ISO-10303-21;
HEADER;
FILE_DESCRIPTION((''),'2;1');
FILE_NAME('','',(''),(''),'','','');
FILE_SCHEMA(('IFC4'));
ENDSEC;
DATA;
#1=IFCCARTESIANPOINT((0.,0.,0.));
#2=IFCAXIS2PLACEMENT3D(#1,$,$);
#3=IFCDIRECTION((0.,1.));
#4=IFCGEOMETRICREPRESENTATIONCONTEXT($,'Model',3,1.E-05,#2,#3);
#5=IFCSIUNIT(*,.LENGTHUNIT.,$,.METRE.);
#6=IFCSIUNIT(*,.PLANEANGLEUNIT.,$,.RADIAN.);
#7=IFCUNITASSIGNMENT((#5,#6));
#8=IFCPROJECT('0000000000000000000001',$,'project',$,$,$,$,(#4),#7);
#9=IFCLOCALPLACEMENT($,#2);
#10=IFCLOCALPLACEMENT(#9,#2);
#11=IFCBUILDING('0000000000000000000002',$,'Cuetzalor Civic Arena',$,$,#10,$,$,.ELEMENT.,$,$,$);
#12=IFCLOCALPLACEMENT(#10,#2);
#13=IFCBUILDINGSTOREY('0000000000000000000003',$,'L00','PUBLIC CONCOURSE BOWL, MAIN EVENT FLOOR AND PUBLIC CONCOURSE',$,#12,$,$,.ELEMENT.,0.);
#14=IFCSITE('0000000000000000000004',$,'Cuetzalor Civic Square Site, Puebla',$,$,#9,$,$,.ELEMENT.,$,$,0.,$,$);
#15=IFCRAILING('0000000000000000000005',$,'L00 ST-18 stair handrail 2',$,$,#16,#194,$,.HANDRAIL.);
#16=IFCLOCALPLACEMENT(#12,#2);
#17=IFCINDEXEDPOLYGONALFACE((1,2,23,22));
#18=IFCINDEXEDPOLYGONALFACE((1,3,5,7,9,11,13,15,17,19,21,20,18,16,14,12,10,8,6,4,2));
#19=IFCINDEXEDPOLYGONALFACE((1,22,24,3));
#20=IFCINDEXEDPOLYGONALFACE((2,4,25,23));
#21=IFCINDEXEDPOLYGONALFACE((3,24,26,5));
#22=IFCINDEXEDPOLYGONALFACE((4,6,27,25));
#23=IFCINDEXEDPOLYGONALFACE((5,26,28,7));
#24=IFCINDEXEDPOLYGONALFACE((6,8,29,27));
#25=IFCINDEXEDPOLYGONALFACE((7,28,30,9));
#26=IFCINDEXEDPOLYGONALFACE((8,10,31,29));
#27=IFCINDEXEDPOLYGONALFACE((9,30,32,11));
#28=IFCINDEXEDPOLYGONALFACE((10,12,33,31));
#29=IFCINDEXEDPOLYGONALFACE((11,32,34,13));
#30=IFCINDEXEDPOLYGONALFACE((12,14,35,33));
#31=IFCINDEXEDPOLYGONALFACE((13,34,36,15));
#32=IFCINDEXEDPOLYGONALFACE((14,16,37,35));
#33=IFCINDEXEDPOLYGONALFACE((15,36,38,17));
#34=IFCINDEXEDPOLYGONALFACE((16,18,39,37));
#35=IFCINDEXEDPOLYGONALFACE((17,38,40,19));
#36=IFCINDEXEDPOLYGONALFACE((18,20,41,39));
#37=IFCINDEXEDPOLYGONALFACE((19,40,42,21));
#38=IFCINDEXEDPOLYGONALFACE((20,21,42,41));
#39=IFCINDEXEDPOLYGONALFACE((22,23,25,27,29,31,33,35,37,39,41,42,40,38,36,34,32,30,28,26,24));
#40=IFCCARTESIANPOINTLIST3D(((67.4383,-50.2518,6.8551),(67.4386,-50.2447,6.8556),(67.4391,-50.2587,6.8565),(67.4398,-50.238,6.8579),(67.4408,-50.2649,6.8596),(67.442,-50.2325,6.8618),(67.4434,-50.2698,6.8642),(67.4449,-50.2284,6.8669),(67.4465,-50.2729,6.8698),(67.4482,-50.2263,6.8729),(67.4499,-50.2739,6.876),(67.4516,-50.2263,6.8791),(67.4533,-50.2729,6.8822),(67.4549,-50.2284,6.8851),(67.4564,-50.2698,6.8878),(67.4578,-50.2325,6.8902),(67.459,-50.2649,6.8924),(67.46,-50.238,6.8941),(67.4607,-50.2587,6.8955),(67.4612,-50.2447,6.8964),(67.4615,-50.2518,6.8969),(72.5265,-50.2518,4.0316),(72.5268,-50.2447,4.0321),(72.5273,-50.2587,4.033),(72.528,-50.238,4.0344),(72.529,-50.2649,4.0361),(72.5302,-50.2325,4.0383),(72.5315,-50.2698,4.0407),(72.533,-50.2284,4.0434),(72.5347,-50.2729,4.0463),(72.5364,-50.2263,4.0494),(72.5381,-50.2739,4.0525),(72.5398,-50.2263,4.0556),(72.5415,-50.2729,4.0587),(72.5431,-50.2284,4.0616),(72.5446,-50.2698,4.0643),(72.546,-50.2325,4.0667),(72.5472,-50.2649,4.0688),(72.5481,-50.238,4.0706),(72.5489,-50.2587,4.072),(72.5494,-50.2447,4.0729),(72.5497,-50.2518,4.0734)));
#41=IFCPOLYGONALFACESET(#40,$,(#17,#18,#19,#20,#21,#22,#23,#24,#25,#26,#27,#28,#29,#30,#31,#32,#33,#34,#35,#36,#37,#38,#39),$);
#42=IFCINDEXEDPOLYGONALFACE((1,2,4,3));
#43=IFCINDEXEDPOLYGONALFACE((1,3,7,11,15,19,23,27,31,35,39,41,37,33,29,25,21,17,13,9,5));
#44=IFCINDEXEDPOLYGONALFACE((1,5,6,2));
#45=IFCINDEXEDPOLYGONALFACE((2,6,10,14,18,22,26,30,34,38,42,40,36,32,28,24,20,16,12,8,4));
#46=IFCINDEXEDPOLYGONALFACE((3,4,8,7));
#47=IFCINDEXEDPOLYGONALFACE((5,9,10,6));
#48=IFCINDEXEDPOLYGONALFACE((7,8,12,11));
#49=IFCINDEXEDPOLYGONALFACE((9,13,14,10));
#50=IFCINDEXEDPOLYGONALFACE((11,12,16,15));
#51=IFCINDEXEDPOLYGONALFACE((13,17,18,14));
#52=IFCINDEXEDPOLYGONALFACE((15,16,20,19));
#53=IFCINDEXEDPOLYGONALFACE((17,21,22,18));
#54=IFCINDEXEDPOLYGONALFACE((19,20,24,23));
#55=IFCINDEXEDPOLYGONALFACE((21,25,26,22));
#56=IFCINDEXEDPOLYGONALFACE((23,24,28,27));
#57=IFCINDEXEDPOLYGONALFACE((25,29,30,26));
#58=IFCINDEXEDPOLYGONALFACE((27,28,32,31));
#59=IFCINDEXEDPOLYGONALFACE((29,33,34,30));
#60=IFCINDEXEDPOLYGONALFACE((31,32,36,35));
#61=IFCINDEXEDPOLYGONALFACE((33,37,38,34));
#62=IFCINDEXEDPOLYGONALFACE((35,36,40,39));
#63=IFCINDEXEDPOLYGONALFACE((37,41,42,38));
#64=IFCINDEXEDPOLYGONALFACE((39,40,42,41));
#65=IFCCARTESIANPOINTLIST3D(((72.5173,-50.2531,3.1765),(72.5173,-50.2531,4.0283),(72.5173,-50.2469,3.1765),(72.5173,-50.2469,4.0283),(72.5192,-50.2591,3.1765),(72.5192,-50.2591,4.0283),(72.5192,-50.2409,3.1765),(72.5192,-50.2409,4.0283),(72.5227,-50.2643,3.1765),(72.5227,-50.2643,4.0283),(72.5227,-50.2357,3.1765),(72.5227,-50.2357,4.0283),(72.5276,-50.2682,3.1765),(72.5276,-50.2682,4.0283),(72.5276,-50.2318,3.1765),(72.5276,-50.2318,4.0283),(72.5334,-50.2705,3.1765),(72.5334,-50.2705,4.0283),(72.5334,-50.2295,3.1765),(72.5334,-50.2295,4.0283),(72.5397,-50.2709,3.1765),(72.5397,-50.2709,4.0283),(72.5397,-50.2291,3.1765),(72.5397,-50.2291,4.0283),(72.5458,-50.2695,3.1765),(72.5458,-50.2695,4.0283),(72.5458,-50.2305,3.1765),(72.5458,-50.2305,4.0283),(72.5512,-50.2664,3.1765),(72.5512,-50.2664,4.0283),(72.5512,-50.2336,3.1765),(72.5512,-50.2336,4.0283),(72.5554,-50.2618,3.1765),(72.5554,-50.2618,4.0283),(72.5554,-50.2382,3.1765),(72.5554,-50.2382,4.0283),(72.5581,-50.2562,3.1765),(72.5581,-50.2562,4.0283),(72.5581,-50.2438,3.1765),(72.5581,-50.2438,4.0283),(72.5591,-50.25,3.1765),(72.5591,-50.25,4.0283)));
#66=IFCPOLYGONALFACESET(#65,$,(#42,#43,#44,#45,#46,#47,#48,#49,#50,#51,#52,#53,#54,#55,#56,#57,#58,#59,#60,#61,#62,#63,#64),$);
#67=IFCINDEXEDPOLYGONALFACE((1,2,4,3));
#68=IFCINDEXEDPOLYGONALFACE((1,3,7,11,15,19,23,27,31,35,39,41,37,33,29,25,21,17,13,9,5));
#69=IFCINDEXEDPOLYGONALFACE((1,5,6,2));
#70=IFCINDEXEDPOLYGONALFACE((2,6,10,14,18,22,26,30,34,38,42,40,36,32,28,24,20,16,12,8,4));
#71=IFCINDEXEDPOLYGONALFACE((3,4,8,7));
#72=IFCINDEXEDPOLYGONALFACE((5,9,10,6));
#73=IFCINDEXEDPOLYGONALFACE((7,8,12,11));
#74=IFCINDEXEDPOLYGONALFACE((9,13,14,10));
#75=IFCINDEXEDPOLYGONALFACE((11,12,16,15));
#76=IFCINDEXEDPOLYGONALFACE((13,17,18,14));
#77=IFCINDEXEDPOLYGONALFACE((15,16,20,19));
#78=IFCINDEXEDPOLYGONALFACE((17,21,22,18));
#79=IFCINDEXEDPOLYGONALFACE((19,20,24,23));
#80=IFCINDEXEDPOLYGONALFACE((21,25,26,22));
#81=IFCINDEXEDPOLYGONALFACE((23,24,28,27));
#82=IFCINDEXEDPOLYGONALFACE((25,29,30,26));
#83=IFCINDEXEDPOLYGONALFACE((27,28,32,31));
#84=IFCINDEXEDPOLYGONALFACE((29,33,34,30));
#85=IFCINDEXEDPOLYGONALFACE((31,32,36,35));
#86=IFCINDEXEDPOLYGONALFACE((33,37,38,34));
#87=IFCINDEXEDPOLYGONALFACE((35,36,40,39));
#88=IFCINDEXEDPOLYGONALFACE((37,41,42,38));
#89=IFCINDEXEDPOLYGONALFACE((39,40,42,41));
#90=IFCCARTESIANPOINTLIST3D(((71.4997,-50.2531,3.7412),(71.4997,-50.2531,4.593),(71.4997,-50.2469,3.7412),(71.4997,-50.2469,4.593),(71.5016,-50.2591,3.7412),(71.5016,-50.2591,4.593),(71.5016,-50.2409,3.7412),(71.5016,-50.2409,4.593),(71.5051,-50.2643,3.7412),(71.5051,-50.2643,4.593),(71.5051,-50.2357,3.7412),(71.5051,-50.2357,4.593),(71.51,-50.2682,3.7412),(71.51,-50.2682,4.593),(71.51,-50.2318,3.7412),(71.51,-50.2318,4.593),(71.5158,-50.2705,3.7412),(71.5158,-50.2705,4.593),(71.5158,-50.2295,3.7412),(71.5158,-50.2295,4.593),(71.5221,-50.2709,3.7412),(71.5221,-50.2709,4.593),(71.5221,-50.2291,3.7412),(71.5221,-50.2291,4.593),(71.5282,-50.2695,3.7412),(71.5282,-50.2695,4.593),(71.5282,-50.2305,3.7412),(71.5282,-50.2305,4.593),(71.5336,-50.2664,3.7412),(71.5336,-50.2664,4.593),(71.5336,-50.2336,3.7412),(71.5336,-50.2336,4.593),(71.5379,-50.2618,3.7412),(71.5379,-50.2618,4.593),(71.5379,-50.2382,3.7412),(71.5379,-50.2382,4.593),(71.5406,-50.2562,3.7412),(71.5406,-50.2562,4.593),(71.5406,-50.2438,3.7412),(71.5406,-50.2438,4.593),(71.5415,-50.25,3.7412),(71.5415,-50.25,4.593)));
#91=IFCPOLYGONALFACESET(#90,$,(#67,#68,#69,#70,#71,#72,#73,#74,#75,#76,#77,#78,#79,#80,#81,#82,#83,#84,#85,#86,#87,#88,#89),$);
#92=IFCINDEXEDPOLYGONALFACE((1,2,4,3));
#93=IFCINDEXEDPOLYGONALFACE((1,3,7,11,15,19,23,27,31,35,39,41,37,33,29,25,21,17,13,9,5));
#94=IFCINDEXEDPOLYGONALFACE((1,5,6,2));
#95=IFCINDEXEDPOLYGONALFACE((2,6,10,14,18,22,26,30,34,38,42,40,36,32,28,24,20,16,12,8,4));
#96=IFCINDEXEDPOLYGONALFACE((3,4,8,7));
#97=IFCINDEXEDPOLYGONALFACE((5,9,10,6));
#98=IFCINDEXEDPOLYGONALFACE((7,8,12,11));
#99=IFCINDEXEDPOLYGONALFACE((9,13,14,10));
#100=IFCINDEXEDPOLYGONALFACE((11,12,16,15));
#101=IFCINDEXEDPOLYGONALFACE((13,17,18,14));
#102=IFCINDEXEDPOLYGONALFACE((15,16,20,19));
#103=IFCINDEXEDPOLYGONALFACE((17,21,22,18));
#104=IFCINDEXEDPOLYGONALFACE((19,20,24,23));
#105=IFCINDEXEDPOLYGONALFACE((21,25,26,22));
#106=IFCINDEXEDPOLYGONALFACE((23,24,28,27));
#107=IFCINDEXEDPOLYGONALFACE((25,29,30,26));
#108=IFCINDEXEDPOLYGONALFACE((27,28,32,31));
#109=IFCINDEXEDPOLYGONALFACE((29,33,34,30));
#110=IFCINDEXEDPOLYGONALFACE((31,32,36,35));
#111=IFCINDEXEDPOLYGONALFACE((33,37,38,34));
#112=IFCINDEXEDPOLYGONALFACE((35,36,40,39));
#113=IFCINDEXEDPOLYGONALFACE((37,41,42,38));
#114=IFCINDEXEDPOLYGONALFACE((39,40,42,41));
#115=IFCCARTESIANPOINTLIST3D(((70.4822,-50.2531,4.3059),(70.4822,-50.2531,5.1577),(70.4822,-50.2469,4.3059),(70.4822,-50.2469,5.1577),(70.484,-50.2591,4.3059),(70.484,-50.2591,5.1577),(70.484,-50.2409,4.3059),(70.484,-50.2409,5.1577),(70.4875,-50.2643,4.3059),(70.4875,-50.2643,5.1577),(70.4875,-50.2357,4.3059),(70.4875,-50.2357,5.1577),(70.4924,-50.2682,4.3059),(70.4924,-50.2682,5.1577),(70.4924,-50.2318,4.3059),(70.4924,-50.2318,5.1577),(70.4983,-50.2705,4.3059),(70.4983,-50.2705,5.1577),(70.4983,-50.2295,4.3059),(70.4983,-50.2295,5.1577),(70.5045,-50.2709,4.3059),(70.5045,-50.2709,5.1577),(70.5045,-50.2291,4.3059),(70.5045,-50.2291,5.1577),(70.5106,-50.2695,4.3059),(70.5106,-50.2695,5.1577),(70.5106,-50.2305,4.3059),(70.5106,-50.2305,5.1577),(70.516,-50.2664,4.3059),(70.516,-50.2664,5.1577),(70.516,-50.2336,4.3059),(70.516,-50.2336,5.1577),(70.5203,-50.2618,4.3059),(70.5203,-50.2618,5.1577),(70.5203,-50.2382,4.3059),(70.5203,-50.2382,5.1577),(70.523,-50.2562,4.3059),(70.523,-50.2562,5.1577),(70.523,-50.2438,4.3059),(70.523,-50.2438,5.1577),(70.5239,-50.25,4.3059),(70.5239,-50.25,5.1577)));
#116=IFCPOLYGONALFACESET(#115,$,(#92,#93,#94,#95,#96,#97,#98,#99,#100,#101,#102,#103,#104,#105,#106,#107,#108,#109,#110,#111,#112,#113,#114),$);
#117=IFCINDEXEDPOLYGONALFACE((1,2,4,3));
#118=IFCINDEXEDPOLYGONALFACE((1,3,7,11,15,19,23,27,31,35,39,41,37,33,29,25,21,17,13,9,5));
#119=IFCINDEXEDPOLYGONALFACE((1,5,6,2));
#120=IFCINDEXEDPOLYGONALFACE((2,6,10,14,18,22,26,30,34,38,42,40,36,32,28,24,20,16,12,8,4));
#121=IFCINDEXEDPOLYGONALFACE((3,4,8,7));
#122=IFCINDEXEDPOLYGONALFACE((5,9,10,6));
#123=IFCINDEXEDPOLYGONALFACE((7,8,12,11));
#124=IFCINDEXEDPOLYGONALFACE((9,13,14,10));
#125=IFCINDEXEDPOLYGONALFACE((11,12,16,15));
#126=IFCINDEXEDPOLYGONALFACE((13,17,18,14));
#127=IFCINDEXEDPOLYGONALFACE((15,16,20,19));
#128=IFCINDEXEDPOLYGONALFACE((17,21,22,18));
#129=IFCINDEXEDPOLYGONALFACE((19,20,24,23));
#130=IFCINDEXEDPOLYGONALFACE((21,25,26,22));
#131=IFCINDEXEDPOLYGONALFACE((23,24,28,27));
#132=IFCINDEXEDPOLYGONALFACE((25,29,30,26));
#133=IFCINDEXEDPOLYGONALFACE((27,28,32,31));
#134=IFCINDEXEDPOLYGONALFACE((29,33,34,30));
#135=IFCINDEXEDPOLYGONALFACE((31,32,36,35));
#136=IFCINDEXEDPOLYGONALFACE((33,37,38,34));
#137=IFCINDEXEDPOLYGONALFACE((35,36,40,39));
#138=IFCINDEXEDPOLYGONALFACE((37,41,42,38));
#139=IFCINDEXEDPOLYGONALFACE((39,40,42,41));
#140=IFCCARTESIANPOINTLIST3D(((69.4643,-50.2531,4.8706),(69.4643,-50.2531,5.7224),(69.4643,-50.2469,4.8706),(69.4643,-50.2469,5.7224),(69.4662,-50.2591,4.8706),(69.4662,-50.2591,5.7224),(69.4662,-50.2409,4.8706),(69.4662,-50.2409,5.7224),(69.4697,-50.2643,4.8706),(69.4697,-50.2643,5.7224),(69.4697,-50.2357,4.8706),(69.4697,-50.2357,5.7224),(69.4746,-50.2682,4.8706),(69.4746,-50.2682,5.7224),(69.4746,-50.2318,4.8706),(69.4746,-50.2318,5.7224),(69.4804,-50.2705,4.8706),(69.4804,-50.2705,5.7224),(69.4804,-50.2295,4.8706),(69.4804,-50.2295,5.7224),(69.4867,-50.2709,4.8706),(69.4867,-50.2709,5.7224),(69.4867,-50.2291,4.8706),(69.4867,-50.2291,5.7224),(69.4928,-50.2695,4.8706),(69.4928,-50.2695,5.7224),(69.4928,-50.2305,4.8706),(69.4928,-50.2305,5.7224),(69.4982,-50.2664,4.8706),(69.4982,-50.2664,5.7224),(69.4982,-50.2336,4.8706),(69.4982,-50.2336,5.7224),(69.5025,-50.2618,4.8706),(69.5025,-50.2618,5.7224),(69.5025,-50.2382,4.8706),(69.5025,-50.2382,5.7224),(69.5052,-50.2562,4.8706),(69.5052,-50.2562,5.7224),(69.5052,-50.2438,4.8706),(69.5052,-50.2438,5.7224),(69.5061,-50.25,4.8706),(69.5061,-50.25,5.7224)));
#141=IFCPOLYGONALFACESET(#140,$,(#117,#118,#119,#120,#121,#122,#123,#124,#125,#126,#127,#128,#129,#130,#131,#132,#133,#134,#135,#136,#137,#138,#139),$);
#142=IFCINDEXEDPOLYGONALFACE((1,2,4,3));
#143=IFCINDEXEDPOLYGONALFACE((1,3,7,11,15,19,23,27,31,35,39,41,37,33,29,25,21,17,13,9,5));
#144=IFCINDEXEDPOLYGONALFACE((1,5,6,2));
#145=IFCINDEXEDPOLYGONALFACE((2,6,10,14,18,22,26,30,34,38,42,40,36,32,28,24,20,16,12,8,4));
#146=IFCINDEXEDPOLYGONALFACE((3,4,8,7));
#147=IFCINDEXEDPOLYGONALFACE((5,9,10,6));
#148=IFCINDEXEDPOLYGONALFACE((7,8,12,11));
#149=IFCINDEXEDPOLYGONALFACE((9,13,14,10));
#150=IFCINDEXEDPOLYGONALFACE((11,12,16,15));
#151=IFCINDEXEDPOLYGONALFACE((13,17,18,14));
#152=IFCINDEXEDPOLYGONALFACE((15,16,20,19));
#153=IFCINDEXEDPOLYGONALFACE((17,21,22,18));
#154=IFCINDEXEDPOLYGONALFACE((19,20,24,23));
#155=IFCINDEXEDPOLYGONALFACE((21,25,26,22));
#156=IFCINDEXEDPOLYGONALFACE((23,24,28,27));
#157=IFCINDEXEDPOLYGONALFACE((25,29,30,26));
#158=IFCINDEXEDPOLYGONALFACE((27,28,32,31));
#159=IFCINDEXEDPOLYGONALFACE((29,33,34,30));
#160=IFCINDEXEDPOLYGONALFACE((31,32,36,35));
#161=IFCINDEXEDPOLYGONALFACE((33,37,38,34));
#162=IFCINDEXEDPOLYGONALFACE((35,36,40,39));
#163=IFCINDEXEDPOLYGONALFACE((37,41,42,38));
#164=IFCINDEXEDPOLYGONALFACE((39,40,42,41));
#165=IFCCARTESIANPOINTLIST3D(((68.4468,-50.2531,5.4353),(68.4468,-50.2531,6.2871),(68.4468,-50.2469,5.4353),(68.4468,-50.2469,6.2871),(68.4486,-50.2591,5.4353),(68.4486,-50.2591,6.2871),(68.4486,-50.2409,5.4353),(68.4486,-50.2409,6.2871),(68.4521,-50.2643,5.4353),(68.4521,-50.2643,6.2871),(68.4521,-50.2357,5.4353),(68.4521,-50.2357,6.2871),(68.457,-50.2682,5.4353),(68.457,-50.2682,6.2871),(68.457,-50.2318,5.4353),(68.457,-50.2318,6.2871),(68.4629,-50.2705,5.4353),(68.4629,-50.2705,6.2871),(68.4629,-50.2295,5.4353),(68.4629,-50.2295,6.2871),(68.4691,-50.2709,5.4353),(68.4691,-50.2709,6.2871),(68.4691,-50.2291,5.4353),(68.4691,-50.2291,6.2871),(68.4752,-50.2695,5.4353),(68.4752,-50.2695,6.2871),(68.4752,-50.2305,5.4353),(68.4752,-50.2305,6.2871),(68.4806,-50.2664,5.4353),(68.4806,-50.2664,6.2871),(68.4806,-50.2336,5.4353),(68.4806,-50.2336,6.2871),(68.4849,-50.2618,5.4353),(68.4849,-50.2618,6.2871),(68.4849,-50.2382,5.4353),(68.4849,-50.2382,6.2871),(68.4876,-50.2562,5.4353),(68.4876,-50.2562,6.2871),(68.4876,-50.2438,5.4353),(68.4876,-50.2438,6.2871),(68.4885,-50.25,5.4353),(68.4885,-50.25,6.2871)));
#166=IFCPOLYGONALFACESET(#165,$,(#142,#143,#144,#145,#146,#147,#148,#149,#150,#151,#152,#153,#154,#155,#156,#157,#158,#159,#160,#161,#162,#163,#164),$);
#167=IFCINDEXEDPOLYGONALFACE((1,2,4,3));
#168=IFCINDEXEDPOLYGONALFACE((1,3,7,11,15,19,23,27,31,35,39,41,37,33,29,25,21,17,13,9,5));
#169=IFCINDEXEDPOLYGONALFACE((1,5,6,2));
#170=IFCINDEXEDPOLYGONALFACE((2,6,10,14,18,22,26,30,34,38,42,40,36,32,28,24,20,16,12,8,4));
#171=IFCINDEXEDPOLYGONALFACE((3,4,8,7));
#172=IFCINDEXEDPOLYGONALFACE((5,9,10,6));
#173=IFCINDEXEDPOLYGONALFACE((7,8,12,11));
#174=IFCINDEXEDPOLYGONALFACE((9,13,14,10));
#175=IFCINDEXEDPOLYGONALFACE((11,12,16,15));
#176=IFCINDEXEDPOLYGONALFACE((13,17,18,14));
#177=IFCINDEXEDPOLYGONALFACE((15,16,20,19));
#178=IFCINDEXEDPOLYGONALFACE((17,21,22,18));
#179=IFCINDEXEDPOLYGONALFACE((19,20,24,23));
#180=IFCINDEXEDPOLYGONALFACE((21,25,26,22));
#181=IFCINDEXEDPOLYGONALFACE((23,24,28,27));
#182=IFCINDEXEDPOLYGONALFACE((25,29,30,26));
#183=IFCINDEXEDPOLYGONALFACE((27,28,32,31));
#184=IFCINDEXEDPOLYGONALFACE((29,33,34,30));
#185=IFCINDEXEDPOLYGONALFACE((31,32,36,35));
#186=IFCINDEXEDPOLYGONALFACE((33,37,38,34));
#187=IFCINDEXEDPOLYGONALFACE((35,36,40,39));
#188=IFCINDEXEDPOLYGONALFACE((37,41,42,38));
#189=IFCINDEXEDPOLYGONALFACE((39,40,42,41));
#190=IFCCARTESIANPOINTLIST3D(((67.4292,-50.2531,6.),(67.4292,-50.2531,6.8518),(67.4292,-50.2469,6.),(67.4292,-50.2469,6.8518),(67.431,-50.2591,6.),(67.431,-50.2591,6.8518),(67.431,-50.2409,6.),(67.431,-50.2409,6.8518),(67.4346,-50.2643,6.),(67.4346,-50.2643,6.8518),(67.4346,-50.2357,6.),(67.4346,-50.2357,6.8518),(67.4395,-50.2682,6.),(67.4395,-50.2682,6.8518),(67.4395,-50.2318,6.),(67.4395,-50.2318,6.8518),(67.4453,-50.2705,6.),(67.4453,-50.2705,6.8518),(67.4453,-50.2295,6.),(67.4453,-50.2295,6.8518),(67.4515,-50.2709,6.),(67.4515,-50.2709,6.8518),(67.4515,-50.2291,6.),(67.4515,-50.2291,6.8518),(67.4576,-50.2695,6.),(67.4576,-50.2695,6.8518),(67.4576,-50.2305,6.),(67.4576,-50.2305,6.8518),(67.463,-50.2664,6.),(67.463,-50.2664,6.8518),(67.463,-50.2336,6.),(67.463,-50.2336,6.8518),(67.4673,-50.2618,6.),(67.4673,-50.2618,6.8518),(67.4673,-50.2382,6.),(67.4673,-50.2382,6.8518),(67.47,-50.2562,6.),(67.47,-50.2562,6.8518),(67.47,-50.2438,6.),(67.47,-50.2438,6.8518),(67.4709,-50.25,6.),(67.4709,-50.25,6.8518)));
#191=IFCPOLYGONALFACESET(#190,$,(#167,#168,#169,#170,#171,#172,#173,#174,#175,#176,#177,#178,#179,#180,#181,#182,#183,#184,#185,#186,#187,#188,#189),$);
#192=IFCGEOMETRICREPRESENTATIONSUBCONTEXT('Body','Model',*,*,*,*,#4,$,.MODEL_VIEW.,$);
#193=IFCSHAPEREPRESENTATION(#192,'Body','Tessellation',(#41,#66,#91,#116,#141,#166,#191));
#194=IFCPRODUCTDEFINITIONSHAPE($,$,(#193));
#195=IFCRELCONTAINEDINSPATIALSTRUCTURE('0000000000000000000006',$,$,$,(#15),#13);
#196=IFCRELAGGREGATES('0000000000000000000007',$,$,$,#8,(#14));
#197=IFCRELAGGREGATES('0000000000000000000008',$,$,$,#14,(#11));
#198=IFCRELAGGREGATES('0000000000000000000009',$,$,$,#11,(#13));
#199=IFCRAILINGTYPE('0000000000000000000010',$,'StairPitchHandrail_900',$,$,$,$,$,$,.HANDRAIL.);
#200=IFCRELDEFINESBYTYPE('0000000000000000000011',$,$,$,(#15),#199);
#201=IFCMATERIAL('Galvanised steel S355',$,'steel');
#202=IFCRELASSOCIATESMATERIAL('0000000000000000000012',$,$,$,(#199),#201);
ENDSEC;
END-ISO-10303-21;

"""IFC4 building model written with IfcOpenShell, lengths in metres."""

from ifc_helpers import new_model, si_unit, direction, frame, origin, origin_2d, place, context, subcontext, project, spatial, circle, extrude, material, type_object, element, save


model = new_model("IFC4")

# Units and contexts
model_context = context("Model", 3, precision=1e-05, world=origin(), true_north=direction((0.0, 1.0)))
body_context = subcontext(model_context, "Body", "Model", "MODEL_VIEW")
ifc_project = project(units=[si_unit("LENGTHUNIT", "METRE"), si_unit("PLANEANGLEUNIT", "RADIAN")], contexts=[model_context])

# Site, building, storey
site_placement = place(None, origin())
site = spatial("IfcSite", under=ifc_project, at=site_placement, Name="Cuetzalor Civic Square Site, Puebla", CompositionType="ELEMENT", RefElevation=0.0)
building_placement = place(site_placement, origin())
building = spatial("IfcBuilding", under=site, at=building_placement, Name="Cuetzalor Civic Arena", CompositionType="ELEMENT")
storey_placement = place(building_placement, origin())
storey = spatial("IfcBuildingStorey", under=building, at=storey_placement, Name="L00", Description="PUBLIC CONCOURSE BOWL, MAIN EVENT FLOOR AND PUBLIC CONCOURSE", CompositionType="ELEMENT", Elevation=0.0)

# Railing
ifc_material_1 = material(Name="Galvanised steel S355", Category="steel")
railing_type_1 = type_object("IfcRailingType", Name="StairPitchHandrail_900", PredefinedType="HANDRAIL", material=ifc_material_1)
railing_1_placement = place(storey_placement, frame((72.5381, -50.25, 3.1765)))
element("IfcRailing", 1, at=railing_1_placement, inside=storey, type_object=railing_type_1, Name="L00 ST-18 stair handrail 2", PredefinedType="HANDRAIL", context=body_context, shape_type="SweptSolid", body=[
    extrude(circle(Radius=0.0239, at=origin_2d()), frame((0.0, 0.0, 0.876), z_axis=(-0.874395, 0.0, 0.485215), x_axis=(0.0, -1.0, 0.0)), (0.0, 0.0, 1.0), 5.8191),
    extrude(circle(Radius=0.021, at=origin_2d()), origin(), (0.0, 0.0, 1.0), 0.8518),
    extrude(circle(Radius=0.021, at=origin_2d()), frame((-1.0176, 0.0, 0.5647)), (0.0, 0.0, 1.0), 0.8518),
    extrude(circle(Radius=0.021, at=origin_2d()), frame((-2.0352, 0.0, 1.1294)), (0.0, 0.0, 1.0), 0.8518),
    extrude(circle(Radius=0.021, at=origin_2d()), frame((-3.053, 0.0, 1.6941)), (0.0, 0.0, 1.0), 0.8518),
    extrude(circle(Radius=0.021, at=origin_2d()), frame((-4.0706, 0.0, 2.2588)), (0.0, 0.0, 1.0), 0.8518),
    extrude(circle(Radius=0.021, at=origin_2d()), frame((-5.0881, 0.0, 2.8235)), (0.0, 0.0, 1.0), 0.8518),
])

save(model, "model.ifc")
